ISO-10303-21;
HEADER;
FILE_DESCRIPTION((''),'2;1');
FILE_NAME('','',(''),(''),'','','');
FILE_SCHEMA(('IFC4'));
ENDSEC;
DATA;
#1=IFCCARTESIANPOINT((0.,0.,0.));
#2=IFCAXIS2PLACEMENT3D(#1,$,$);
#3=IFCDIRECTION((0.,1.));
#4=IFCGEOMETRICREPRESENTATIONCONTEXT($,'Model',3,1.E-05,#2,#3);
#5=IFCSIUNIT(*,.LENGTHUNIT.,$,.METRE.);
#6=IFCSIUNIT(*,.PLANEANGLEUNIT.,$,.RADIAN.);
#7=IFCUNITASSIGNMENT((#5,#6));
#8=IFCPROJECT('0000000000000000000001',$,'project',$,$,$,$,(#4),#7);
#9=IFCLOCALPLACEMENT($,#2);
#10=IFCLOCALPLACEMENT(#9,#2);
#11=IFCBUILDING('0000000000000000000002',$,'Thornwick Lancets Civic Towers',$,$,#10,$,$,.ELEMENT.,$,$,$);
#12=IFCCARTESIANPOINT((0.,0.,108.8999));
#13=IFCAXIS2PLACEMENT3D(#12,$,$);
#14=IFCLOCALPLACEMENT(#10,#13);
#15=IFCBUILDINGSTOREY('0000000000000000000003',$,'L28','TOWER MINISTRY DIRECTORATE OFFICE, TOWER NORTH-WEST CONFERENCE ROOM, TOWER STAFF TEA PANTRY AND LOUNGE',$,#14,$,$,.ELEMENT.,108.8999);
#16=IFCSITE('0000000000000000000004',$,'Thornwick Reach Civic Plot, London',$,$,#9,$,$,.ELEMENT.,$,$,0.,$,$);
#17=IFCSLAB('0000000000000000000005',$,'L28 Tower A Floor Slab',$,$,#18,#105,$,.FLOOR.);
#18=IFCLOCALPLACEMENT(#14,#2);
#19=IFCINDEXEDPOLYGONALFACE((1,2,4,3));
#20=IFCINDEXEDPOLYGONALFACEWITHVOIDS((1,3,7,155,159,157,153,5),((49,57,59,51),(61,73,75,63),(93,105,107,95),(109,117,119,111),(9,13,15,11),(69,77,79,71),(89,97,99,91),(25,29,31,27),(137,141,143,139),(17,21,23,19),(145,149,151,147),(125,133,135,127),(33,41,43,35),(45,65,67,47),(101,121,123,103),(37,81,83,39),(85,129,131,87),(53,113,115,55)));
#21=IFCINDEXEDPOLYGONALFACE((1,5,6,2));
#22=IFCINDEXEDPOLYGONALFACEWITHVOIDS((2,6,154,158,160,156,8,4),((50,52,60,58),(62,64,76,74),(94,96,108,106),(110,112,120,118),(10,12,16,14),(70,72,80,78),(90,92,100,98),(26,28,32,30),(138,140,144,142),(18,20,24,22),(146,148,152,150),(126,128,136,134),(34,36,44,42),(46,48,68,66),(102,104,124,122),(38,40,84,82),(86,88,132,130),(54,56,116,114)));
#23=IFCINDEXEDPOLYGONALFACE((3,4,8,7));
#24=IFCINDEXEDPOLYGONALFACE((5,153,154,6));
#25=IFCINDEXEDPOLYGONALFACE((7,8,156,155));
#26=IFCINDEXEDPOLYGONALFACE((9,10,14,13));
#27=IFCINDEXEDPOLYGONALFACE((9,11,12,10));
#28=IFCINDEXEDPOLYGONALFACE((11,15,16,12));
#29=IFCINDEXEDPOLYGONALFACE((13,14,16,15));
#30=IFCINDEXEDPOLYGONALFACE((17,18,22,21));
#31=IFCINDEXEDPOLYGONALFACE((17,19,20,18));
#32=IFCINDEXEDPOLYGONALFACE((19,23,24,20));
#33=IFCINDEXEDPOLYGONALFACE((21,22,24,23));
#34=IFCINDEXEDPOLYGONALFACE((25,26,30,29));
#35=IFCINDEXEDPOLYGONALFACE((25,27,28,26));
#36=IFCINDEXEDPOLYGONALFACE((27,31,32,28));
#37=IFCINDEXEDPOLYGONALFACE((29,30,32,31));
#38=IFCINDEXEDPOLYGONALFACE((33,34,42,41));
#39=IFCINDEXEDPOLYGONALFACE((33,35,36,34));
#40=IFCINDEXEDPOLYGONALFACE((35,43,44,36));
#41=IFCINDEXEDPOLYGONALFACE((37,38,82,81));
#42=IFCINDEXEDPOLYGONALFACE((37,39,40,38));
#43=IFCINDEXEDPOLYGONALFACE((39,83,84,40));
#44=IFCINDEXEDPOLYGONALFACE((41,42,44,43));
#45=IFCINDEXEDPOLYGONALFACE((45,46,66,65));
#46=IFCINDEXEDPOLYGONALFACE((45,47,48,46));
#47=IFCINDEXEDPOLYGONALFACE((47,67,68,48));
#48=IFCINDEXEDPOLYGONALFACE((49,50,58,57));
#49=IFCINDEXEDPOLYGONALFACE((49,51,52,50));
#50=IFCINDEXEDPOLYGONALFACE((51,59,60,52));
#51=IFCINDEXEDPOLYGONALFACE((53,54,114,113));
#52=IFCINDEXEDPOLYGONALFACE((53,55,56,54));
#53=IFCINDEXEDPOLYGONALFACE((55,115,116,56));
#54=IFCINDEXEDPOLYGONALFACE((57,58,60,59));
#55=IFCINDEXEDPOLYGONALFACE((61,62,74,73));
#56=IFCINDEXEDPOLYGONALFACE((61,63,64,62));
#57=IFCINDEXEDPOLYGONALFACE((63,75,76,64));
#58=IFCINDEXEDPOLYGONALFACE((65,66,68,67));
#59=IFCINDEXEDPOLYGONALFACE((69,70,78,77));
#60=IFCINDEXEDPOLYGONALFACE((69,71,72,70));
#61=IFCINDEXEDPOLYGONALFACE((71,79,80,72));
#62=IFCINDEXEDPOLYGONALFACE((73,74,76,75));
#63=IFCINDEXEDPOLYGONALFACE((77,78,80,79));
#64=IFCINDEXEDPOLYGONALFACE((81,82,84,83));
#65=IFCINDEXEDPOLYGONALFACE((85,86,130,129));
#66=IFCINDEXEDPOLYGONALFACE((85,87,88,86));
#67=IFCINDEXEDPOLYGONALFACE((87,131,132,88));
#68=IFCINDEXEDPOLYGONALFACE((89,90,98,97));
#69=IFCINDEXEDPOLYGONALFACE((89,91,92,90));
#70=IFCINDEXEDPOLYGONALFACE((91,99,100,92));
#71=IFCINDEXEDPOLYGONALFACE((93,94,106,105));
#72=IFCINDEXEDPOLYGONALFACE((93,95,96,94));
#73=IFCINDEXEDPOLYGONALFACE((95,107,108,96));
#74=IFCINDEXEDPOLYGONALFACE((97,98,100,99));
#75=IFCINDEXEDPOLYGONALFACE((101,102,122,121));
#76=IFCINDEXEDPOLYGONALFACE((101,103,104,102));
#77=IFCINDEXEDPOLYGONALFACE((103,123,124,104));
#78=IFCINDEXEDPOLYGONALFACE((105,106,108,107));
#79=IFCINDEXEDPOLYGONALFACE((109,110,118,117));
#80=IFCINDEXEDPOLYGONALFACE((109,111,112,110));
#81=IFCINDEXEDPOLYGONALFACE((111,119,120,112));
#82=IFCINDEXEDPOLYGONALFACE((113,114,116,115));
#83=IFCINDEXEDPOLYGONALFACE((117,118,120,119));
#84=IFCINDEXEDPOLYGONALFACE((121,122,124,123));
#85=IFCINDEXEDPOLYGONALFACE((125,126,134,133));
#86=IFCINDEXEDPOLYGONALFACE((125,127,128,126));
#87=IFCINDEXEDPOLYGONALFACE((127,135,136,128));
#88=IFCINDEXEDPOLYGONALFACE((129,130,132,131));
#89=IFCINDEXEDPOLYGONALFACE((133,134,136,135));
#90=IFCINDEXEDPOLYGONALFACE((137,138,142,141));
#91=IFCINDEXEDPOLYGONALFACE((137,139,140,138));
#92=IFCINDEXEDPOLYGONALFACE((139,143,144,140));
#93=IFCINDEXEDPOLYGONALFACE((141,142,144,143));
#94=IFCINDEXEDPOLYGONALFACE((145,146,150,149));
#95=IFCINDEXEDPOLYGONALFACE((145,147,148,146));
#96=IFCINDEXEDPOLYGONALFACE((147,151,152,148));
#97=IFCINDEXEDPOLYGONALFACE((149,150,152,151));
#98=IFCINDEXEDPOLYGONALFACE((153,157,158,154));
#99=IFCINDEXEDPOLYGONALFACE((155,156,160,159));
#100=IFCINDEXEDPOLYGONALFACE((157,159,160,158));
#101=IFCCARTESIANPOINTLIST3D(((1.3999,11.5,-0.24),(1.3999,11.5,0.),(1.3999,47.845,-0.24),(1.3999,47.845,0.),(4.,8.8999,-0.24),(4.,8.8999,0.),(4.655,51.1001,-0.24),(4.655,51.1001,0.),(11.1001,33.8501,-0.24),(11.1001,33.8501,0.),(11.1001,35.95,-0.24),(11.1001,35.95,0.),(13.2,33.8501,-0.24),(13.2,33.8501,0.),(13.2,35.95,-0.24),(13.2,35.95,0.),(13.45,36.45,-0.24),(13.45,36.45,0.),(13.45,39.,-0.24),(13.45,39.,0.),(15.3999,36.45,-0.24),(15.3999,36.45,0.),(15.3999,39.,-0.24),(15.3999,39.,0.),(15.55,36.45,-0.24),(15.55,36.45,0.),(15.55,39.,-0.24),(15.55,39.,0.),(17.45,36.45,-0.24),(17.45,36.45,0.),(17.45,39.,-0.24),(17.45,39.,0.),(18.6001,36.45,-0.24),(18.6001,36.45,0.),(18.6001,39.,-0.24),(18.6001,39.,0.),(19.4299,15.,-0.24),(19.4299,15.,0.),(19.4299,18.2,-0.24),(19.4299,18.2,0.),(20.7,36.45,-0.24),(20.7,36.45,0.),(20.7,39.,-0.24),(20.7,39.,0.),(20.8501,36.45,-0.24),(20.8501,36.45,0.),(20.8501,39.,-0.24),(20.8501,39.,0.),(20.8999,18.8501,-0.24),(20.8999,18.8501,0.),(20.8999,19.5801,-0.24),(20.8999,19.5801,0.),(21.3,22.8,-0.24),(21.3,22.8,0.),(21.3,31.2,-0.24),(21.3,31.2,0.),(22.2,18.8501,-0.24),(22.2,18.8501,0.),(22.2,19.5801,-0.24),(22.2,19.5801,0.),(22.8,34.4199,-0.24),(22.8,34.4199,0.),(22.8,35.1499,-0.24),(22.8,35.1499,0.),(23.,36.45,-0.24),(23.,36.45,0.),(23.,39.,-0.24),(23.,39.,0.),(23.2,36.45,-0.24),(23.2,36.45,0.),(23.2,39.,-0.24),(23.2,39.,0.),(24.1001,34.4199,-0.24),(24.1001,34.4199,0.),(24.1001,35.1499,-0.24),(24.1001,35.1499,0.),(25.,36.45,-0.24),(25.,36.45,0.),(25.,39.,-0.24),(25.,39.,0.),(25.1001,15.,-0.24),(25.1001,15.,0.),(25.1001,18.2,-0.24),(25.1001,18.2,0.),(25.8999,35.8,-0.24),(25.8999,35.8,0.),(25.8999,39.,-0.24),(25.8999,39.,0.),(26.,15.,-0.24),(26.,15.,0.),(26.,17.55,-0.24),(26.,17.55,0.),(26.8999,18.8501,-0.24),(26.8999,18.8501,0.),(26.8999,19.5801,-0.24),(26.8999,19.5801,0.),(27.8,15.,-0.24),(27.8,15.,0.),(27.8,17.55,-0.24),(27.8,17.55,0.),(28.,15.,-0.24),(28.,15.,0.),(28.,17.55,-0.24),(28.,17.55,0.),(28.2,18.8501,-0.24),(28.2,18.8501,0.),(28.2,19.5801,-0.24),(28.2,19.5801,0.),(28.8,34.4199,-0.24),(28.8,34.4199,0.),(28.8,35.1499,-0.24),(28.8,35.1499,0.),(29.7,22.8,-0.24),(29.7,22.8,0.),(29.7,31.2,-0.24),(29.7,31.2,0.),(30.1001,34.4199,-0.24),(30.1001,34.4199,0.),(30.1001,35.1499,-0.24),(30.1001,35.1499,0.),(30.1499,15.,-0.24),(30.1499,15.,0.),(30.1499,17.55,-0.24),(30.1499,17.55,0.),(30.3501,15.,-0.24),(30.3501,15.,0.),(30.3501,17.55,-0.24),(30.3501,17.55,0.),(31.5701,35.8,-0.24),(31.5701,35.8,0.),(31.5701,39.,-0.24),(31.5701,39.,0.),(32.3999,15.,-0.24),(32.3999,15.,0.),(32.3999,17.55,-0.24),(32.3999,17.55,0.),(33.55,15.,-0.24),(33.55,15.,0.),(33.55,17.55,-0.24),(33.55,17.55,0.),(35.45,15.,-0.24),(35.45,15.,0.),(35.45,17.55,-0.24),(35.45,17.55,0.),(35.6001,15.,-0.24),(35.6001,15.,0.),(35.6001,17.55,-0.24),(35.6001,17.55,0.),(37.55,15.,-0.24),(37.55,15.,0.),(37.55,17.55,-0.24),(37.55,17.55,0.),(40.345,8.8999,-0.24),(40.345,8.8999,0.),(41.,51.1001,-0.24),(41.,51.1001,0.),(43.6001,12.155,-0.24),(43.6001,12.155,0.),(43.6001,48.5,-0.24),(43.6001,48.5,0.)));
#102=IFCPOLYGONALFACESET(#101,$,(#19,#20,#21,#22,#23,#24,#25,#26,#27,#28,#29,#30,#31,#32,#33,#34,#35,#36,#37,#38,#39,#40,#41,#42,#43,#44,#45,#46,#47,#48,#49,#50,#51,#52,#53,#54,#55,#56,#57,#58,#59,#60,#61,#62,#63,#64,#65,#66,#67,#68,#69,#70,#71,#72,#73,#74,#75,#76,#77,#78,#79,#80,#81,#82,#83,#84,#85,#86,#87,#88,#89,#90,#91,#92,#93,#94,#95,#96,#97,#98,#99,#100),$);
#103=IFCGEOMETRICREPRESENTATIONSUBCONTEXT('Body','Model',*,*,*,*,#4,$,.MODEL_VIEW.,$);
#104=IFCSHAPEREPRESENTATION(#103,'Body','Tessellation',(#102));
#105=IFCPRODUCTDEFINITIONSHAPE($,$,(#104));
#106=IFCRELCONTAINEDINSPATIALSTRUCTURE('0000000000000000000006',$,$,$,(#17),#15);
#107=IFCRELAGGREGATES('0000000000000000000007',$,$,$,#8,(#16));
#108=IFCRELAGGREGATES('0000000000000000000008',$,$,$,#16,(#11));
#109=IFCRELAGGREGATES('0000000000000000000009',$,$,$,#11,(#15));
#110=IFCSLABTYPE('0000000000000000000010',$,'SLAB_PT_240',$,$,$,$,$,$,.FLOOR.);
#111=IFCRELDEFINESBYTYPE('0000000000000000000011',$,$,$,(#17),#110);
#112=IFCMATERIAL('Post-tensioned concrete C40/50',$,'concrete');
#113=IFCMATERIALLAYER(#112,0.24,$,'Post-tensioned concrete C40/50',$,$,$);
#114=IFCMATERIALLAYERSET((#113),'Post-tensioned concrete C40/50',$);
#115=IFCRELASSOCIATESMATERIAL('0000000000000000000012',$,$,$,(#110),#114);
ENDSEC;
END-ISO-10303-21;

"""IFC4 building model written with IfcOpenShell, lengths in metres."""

from ifc_helpers import new_model, si_unit, direction, frame, origin, place, context, subcontext, project, spatial, polyline, outline, extrude, material, layer, layer_set, type_object, element, save


model = new_model("IFC4")

# Units and contexts
model_context = context("Model", 3, precision=1e-05, world=origin(), true_north=direction((0.0, 1.0)))
body_context = subcontext(model_context, "Body", "Model", "MODEL_VIEW")
ifc_project = project(units=[si_unit("LENGTHUNIT", "METRE"), si_unit("PLANEANGLEUNIT", "RADIAN")], contexts=[model_context])

# Site, building, storey
site_placement = place(None, origin())
site = spatial("IfcSite", under=ifc_project, at=site_placement, Name="Thornwick Reach Civic Plot, London", CompositionType="ELEMENT", RefElevation=0.0)
building_placement = place(site_placement, origin())
building = spatial("IfcBuilding", under=site, at=building_placement, Name="Thornwick Lancets Civic Towers", CompositionType="ELEMENT")
storey_placement = place(building_placement, frame((0.0, 0.0, 108.8999)))
storey = spatial("IfcBuildingStorey", under=building, at=storey_placement, Name="L28", Description="TOWER MINISTRY DIRECTORATE OFFICE, TOWER NORTH-WEST CONFERENCE ROOM, TOWER STAFF TEA PANTRY AND LOUNGE", CompositionType="ELEMENT", Elevation=108.8999)

# Shared definitions
ifc_material_1 = material(Name="Post-tensioned concrete C40/50", Category="concrete")

# Slab
ifc_layer_1 = layer(ifc_material_1, 0.24, Name="Post-tensioned concrete C40/50")
ifc_layer_set_1 = layer_set([ifc_layer_1], Name="Post-tensioned concrete C40/50")
slab_type_1 = type_object("IfcSlabType", Name="SLAB_PT_240", PredefinedType="FLOOR", material=ifc_layer_set_1)
slab_1_placement = place(storey_placement, frame((0.0, 0.0, -0.24)))
element("IfcSlab", 1, at=slab_1_placement, inside=storey, type_object=slab_type_1, Name="L28 Tower A Floor Slab", PredefinedType="FLOOR", context=body_context, shape_type="SweptSolid", body=[
    extrude(outline(polyline([(4.0, 8.8999), (40.345, 8.8999), (43.6001, 12.155), (43.6001, 48.5), (41.0, 51.1001), (4.655, 51.1001), (1.3999, 47.845), (1.3999, 11.5), (4.0, 8.8999)]), holes=[polyline([(21.3, 22.8), (29.7, 22.8), (29.7, 31.2), (21.3, 31.2), (21.3, 22.8)]), polyline([(19.4299, 15.0), (25.1001, 15.0), (25.1001, 18.2), (19.4299, 18.2), (19.4299, 15.0)]), polyline([(31.5701, 39.0), (25.8999, 39.0), (25.8999, 35.8), (31.5701, 35.8), (31.5701, 39.0)]), polyline([(26.0, 15.0), (27.8, 15.0), (27.8, 17.55), (26.0, 17.55), (26.0, 15.0)]), polyline([(28.0, 15.0), (30.1499, 15.0), (30.1499, 17.55), (28.0, 17.55), (28.0, 15.0)]), polyline([(30.3501, 15.0), (32.3999, 15.0), (32.3999, 17.55), (30.3501, 17.55), (30.3501, 15.0)]), polyline([(33.55, 15.0), (35.45, 15.0), (35.45, 17.55), (33.55, 17.55), (33.55, 15.0)]), polyline([(35.6001, 15.0), (37.55, 15.0), (37.55, 17.55), (35.6001, 17.55), (35.6001, 15.0)]), polyline([(23.2, 36.45), (25.0, 36.45), (25.0, 39.0), (23.2, 39.0), (23.2, 36.45)]), polyline([(20.8501, 36.45), (23.0, 36.45), (23.0, 39.0), (20.8501, 39.0), (20.8501, 36.45)]), polyline([(18.6001, 36.45), (20.7, 36.45), (20.7, 39.0), (18.6001, 39.0), (18.6001, 36.45)]), polyline([(15.55, 36.45), (17.45, 36.45), (17.45, 39.0), (15.55, 39.0), (15.55, 36.45)]), polyline([(13.45, 36.45), (15.3999, 36.45), (15.3999, 39.0), (13.45, 39.0), (13.45, 36.45)]), polyline([(11.1001, 33.8501), (13.2, 33.8501), (13.2, 35.95), (11.1001, 35.95), (11.1001, 33.8501)]), polyline([(26.8999, 18.8501), (28.2, 18.8501), (28.2, 19.5801), (26.8999, 19.5801), (26.8999, 18.8501)]), polyline([(20.8999, 18.8501), (22.2, 18.8501), (22.2, 19.5801), (20.8999, 19.5801), (20.8999, 18.8501)]), polyline([(22.8, 34.4199), (24.1001, 34.4199), (24.1001, 35.1499), (22.8, 35.1499), (22.8, 34.4199)]), polyline([(28.8, 34.4199), (30.1001, 34.4199), (30.1001, 35.1499), (28.8, 35.1499), (28.8, 34.4199)])]), origin(), (0.0, 0.0, 1.0), 0.24),
])

save(model, "model.ifc")
